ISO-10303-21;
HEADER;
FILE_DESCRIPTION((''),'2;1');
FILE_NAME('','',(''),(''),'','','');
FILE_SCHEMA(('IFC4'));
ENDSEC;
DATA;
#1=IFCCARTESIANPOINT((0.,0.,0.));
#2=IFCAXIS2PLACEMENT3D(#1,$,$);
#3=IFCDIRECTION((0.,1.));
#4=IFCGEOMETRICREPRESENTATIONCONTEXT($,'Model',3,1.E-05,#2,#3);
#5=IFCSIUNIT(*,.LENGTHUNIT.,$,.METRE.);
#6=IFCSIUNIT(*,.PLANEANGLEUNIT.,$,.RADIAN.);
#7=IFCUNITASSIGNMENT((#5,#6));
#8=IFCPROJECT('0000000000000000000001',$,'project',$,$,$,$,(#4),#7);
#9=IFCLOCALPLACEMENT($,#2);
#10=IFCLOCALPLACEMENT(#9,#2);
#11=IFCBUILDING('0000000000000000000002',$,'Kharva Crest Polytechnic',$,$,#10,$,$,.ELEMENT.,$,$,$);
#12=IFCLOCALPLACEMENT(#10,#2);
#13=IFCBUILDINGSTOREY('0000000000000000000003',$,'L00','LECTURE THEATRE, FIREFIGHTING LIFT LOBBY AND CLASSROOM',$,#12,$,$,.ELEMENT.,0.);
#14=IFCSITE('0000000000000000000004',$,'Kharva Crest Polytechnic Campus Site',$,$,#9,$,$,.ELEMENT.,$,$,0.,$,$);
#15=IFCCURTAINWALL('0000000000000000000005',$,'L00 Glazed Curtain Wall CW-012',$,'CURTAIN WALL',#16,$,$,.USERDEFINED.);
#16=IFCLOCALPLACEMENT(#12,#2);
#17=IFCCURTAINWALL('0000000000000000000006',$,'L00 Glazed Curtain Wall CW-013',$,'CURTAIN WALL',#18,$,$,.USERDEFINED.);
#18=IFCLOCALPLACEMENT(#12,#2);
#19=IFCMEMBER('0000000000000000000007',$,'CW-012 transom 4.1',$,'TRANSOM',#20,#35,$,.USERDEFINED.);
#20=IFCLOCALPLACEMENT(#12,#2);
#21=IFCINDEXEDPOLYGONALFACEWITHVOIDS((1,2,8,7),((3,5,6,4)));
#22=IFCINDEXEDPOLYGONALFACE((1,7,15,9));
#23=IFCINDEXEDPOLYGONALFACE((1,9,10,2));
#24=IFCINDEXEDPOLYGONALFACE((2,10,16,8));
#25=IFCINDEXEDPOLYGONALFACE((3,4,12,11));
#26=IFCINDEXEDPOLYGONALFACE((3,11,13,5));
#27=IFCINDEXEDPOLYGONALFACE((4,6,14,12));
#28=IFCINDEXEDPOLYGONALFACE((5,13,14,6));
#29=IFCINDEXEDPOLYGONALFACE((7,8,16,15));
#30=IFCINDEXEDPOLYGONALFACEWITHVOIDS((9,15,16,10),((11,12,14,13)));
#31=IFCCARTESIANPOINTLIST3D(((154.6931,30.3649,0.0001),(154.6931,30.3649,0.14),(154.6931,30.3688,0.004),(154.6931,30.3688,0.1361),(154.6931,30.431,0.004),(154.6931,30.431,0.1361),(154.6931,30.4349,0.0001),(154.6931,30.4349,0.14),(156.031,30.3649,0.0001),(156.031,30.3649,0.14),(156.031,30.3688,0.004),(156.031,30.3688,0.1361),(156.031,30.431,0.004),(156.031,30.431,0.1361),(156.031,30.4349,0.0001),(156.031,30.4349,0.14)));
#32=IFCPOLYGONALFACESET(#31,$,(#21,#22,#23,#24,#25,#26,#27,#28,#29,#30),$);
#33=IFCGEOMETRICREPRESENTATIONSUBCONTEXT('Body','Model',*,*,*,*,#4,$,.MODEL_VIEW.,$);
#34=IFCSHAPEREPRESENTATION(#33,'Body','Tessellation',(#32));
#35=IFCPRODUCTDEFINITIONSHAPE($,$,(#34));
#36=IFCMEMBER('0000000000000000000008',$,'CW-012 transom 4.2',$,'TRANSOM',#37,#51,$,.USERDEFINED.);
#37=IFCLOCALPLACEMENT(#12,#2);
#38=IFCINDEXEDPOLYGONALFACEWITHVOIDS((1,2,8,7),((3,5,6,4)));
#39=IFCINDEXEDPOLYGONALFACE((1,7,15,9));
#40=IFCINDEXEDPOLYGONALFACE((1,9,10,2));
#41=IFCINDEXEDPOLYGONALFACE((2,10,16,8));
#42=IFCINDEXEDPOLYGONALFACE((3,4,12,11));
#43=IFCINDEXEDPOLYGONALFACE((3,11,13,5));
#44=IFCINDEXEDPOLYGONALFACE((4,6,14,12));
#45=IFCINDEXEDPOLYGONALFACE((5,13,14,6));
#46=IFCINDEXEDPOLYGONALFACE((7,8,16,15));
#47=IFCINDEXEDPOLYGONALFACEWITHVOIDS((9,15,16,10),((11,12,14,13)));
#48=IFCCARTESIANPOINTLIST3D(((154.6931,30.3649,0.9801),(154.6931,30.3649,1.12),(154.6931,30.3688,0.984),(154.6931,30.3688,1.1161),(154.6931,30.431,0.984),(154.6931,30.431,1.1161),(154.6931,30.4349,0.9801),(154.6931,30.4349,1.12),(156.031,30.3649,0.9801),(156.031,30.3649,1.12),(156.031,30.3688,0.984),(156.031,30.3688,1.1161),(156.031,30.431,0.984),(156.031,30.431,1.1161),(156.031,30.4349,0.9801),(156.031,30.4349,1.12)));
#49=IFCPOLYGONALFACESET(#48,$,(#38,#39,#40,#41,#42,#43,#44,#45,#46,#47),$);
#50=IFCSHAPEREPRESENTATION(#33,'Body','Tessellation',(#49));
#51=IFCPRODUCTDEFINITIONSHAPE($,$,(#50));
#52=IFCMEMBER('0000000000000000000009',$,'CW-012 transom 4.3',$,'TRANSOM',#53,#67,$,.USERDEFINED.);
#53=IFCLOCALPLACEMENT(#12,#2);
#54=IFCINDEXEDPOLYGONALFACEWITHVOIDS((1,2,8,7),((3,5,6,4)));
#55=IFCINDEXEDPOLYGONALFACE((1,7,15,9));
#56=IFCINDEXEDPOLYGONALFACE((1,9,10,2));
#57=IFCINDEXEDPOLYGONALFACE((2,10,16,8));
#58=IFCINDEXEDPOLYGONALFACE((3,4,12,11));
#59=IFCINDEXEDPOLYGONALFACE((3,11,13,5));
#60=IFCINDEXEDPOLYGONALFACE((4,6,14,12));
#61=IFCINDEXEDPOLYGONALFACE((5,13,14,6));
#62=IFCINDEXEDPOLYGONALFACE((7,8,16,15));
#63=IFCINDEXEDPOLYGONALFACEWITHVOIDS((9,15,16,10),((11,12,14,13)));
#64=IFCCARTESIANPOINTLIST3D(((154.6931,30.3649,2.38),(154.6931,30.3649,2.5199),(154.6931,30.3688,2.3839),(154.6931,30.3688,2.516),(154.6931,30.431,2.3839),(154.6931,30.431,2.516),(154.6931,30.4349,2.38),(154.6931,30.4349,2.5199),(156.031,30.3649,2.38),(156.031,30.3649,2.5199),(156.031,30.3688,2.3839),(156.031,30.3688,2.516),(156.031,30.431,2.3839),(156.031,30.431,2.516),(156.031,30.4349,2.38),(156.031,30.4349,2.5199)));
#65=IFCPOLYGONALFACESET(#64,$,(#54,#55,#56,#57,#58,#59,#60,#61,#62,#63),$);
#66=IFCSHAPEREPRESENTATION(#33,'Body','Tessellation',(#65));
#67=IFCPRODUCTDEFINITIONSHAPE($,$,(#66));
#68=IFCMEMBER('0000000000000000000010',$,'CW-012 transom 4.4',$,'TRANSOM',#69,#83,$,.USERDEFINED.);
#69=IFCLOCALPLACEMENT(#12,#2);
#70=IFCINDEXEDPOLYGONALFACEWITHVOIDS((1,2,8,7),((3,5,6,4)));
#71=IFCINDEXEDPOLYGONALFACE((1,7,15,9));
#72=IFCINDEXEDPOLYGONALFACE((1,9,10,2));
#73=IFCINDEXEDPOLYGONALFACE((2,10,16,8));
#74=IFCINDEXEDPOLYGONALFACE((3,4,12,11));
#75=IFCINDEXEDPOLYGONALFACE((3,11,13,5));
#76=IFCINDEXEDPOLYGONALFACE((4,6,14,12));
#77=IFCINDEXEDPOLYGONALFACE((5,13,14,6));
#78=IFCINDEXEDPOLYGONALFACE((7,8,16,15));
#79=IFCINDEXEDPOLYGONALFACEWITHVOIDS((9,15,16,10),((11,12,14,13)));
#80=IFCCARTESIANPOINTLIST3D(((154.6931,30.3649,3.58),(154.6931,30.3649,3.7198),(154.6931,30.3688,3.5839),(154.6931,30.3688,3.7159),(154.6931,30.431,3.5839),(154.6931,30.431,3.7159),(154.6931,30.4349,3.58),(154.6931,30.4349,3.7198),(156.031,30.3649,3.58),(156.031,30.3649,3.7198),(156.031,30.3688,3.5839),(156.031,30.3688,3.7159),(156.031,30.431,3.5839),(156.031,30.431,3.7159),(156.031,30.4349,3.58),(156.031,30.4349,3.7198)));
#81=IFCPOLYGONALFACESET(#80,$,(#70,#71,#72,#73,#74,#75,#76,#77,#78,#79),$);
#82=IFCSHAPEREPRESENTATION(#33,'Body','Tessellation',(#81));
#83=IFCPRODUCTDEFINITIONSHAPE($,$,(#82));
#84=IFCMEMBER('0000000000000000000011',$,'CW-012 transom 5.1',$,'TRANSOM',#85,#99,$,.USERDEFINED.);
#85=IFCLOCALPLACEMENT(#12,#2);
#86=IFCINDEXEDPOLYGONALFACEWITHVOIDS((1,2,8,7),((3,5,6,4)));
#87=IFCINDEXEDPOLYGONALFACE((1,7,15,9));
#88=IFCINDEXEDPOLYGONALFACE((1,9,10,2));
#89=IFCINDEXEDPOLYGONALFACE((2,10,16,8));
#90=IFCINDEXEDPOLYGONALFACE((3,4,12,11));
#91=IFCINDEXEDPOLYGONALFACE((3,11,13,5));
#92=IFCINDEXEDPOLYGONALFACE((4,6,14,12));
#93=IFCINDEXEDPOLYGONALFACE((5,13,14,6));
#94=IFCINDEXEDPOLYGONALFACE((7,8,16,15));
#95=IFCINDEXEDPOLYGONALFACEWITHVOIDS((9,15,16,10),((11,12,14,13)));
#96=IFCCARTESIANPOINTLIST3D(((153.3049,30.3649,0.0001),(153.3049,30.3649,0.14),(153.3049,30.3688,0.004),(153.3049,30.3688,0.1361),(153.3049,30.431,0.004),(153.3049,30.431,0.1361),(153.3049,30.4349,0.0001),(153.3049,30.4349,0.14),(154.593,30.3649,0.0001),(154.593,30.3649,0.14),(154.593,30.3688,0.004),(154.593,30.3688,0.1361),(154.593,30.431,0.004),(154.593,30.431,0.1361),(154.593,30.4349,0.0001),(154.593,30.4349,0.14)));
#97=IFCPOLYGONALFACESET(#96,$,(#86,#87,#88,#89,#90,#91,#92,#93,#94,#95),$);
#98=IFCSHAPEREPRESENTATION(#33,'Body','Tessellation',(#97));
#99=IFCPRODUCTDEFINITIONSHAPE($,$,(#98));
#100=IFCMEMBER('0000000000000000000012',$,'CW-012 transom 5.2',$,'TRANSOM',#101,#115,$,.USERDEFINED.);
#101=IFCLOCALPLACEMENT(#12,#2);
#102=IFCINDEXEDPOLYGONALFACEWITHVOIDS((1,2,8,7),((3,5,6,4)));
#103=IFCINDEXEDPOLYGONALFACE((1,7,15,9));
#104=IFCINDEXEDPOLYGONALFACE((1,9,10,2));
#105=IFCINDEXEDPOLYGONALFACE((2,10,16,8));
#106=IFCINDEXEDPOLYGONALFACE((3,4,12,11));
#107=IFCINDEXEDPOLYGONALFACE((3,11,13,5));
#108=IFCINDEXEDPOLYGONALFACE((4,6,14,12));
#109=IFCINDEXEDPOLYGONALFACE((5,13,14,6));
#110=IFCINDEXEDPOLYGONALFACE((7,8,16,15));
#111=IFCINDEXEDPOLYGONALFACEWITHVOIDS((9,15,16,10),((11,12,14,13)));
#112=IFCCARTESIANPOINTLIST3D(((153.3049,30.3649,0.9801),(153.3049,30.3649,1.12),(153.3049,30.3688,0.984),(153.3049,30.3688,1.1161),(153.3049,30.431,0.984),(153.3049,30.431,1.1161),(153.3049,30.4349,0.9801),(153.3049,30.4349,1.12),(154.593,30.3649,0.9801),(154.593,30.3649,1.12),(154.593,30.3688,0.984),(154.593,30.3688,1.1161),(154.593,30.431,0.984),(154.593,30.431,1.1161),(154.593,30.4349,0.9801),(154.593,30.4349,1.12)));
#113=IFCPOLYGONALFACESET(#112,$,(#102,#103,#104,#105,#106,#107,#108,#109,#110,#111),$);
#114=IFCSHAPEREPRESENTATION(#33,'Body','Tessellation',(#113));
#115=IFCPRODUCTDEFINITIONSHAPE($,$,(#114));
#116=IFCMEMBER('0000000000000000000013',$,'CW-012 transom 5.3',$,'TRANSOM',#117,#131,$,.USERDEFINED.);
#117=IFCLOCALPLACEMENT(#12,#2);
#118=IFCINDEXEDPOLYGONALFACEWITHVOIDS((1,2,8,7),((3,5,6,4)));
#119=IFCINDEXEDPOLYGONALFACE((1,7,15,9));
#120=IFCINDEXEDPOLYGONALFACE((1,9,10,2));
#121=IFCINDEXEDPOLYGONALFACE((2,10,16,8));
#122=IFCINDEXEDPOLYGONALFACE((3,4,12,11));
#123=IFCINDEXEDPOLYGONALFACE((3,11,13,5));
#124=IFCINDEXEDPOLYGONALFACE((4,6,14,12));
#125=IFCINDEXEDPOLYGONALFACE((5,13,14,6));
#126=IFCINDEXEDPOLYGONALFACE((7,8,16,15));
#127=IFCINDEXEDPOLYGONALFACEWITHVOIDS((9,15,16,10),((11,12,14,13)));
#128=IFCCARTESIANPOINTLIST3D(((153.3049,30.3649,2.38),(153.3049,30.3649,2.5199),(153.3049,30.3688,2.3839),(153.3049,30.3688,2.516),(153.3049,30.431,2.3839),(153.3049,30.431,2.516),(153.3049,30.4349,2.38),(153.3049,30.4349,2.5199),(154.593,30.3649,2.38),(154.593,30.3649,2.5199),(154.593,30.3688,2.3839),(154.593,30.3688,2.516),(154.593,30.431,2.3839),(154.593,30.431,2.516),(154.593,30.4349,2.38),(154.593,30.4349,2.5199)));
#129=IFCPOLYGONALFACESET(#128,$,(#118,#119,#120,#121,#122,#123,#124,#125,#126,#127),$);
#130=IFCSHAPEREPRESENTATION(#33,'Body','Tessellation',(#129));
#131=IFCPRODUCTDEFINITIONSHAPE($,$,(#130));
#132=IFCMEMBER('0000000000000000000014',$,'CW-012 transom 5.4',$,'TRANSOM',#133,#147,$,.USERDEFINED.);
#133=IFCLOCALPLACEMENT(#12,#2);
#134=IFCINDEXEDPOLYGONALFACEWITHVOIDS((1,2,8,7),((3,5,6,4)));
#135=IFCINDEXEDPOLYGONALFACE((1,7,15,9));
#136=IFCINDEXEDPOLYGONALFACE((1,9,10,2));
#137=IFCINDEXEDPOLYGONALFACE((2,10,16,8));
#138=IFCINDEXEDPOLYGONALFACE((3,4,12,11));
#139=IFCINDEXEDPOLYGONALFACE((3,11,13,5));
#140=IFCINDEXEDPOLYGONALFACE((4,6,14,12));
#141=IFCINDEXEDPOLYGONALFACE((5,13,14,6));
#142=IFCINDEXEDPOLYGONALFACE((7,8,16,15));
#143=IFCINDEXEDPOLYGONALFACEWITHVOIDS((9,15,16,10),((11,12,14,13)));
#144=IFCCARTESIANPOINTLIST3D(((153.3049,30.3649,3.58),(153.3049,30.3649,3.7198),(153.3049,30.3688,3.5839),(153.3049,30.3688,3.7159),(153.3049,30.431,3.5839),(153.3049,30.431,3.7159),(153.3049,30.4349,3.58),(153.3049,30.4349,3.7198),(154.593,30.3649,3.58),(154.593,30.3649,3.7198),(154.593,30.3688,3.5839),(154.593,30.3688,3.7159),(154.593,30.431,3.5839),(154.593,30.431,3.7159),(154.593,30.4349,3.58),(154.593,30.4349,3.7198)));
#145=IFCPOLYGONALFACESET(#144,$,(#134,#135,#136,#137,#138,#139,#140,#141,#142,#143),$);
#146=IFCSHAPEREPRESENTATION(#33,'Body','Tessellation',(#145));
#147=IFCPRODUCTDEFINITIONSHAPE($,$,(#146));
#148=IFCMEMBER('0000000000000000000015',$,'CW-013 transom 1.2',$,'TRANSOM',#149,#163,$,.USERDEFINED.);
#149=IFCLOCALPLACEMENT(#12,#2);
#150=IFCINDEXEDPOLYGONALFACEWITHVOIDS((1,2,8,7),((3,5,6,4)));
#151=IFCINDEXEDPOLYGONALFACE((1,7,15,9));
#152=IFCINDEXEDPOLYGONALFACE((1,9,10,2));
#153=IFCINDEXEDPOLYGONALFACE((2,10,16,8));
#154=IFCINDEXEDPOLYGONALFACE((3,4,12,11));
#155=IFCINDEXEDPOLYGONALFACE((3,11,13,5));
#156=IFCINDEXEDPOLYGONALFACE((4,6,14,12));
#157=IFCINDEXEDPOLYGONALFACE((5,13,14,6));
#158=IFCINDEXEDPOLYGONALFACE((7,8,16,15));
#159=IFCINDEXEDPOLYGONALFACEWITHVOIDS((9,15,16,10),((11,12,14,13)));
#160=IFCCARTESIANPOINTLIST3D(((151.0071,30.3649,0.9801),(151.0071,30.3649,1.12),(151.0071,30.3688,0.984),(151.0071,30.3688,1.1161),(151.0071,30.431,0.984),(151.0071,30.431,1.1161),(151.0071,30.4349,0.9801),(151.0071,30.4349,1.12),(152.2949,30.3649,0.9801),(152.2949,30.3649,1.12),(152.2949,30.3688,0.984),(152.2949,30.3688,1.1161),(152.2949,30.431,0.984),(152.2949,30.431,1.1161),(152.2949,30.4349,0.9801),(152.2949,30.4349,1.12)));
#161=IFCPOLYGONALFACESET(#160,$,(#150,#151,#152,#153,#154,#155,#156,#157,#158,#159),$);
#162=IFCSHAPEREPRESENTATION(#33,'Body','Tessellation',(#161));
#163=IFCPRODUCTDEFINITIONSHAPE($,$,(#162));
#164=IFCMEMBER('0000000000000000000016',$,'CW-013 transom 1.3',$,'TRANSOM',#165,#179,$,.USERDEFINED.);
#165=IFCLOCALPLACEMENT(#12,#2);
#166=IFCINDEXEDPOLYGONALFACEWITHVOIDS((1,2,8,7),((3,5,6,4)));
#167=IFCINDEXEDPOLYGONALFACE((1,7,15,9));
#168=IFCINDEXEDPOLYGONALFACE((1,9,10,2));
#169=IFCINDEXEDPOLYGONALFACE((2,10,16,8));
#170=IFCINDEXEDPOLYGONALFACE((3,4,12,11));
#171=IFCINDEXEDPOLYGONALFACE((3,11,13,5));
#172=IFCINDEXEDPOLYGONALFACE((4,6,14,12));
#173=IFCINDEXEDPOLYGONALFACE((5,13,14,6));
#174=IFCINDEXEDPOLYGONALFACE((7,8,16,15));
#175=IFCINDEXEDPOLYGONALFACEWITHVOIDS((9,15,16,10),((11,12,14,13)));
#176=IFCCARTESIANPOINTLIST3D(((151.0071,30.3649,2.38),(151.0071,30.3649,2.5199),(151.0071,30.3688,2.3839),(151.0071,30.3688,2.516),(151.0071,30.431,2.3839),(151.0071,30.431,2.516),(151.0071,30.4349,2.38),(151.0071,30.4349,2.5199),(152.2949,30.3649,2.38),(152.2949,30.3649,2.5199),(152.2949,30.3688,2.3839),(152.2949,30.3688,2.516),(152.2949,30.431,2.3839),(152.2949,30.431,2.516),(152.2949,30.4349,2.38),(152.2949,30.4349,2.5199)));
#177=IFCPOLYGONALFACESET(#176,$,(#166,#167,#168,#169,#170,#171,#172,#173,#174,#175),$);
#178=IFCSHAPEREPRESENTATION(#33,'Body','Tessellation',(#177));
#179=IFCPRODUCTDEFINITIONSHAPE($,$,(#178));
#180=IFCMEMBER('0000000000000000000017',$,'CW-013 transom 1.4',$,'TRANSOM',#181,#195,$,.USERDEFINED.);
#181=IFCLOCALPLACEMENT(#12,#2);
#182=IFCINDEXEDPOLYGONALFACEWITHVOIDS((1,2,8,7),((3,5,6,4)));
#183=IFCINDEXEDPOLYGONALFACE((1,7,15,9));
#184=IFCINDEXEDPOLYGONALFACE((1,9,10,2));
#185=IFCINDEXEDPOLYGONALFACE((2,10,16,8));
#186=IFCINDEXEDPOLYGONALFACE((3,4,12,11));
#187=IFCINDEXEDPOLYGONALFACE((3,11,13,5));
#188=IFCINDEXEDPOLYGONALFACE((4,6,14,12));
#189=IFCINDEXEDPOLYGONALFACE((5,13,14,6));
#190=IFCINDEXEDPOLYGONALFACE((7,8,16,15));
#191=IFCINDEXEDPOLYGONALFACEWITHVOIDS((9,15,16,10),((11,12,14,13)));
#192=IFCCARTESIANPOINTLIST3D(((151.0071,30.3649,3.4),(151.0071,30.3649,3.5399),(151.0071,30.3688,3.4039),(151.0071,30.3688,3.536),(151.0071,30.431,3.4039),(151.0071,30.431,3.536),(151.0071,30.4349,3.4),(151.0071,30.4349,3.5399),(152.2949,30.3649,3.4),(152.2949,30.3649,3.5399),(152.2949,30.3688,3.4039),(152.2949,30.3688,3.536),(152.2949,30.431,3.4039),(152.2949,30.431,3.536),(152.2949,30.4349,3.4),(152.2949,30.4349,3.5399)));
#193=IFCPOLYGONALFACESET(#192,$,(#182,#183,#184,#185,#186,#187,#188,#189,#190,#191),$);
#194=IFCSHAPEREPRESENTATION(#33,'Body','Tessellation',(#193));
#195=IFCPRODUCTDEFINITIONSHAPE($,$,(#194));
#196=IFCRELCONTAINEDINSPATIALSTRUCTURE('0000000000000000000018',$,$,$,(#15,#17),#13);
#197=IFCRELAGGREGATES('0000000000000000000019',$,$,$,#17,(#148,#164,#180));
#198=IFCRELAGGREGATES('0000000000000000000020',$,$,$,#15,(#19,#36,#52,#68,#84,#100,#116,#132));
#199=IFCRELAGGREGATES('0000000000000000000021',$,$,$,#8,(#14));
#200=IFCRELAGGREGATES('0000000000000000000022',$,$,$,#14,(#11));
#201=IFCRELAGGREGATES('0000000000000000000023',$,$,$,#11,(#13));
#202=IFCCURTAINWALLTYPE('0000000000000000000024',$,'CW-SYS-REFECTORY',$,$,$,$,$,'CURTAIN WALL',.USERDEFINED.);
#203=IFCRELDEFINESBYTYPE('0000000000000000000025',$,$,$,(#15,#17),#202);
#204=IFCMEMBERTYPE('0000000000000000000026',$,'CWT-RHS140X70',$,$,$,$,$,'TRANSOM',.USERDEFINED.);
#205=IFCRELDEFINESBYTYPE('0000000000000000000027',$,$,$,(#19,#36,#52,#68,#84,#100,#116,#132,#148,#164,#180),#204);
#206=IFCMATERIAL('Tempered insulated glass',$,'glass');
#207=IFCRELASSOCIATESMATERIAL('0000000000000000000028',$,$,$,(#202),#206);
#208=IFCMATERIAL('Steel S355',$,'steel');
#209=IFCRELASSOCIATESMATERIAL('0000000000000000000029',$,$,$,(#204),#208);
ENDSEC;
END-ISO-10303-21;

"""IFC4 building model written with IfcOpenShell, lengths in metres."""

from ifc_helpers import new_model, si_unit, direction, frame, origin, origin_2d, place, context, subcontext, project, spatial, hollow_rectangle, extrude, material, material_profile, profile_set, type_object, element, aggregate, save


model = new_model("IFC4")

# Units and contexts
model_context = context("Model", 3, precision=1e-05, world=origin(), true_north=direction((0.0, 1.0)))
body_context = subcontext(model_context, "Body", "Model", "MODEL_VIEW")
ifc_project = project(units=[si_unit("LENGTHUNIT", "METRE"), si_unit("PLANEANGLEUNIT", "RADIAN")], contexts=[model_context])

# Site, building, storey
site_placement = place(None, origin())
site = spatial("IfcSite", under=ifc_project, at=site_placement, Name="Kharva Crest Polytechnic Campus Site", CompositionType="ELEMENT", RefElevation=0.0)
building_placement = place(site_placement, origin())
building = spatial("IfcBuilding", under=site, at=building_placement, Name="Kharva Crest Polytechnic", CompositionType="ELEMENT")
storey_placement = place(building_placement, origin())
storey = spatial("IfcBuildingStorey", under=building, at=storey_placement, Name="L00", Description="LECTURE THEATRE, FIREFIGHTING LIFT LOBBY AND CLASSROOM", CompositionType="ELEMENT", Elevation=0.0)

# Curtain wall
ifc_material_1 = material(Name="Tempered insulated glass", Category="glass")
curtain_wall_type = type_object("IfcCurtainWallType", Name="CW-SYS-REFECTORY", ElementType="CURTAIN WALL", PredefinedType="USERDEFINED", material=ifc_material_1)
ifc_material_2 = material(Name="Steel S355", Category="steel")
curtain_wall_1_placement = place(storey_placement, origin())
curtain_wall_1 = element("IfcCurtainWall", 1, at=curtain_wall_1_placement, inside=storey, type_object=curtain_wall_type, Name="L00 Glazed Curtain Wall CW-012", ObjectType="CURTAIN WALL", PredefinedType="USERDEFINED")

# Curtain wall
curtain_wall_2_placement = place(storey_placement, origin())
curtain_wall_2 = element("IfcCurtainWall", 2, at=curtain_wall_2_placement, inside=storey, type_object=curtain_wall_type, Name="L00 Glazed Curtain Wall CW-013", ObjectType="CURTAIN WALL", PredefinedType="USERDEFINED")

# Members
ifc_material_profile_1 = material_profile(ifc_material_2, hollow_rectangle(XDim=0.0701, YDim=0.1399, WallThickness=0.0039, at=origin_2d()), Name="RHS 140X70X4.0")
ifc_profile_set_1 = profile_set([ifc_material_profile_1], Name="Steel S355")
member_type_1 = type_object("IfcMemberType", Name="CWT-RHS140X70", ElementType="TRANSOM", PredefinedType="USERDEFINED", material=ifc_profile_set_1)
member_1_placement = place(storey_placement, frame((156.031, 30.3999, 0.0701), z_axis=(-1.0, 0.0, 0.0), x_axis=(0.0, -1.0, 0.0)))
member_1 = element("IfcMember", 3, at=member_1_placement, type_object=member_type_1, Name="CW-012 transom 4.1", ObjectType="TRANSOM", PredefinedType="USERDEFINED", context=body_context, shape_type="SweptSolid", body=[
    extrude(hollow_rectangle(XDim=0.0701, YDim=0.1399, WallThickness=0.0039, at=origin_2d()), origin(), (0.0, 0.0, 1.0), 1.3379),
])
member_2_placement = place(storey_placement, frame((156.031, 30.3999, 1.05), z_axis=(-1.0, 0.0, 0.0), x_axis=(0.0, -1.0, 0.0)))
member_2 = element("IfcMember", 4, at=member_2_placement, type_object=member_type_1, Name="CW-012 transom 4.2", ObjectType="TRANSOM", PredefinedType="USERDEFINED", context=body_context, shape_type="SweptSolid", body=[
    extrude(hollow_rectangle(XDim=0.0701, YDim=0.1399, WallThickness=0.0039, at=origin_2d()), origin(), (0.0, 0.0, 1.0), 1.3379),
])
member_3_placement = place(storey_placement, frame((156.031, 30.3999, 2.45), z_axis=(-1.0, 0.0, 0.0), x_axis=(0.0, -1.0, 0.0)))
member_3 = element("IfcMember", 5, at=member_3_placement, type_object=member_type_1, Name="CW-012 transom 4.3", ObjectType="TRANSOM", PredefinedType="USERDEFINED", context=body_context, shape_type="SweptSolid", body=[
    extrude(hollow_rectangle(XDim=0.0701, YDim=0.1399, WallThickness=0.0039, at=origin_2d()), origin(), (0.0, 0.0, 1.0), 1.3379),
])
member_4_placement = place(storey_placement, frame((156.031, 30.3999, 3.6499), z_axis=(-1.0, 0.0, 0.0), x_axis=(0.0, -1.0, 0.0)))
member_4 = element("IfcMember", 6, at=member_4_placement, type_object=member_type_1, Name="CW-012 transom 4.4", ObjectType="TRANSOM", PredefinedType="USERDEFINED", context=body_context, shape_type="SweptSolid", body=[
    extrude(hollow_rectangle(XDim=0.0701, YDim=0.1399, WallThickness=0.0039, at=origin_2d()), origin(), (0.0, 0.0, 1.0), 1.3379),
])
member_5_placement = place(storey_placement, frame((154.593, 30.3999, 0.0701), z_axis=(-1.0, 0.0, 0.0), x_axis=(0.0, -1.0, 0.0)))
member_5 = element("IfcMember", 7, at=member_5_placement, type_object=member_type_1, Name="CW-012 transom 5.1", ObjectType="TRANSOM", PredefinedType="USERDEFINED", context=body_context, shape_type="SweptSolid", body=[
    extrude(hollow_rectangle(XDim=0.0701, YDim=0.1399, WallThickness=0.0039, at=origin_2d()), origin(), (0.0, 0.0, 1.0), 1.2881),
])
member_6_placement = place(storey_placement, frame((154.593, 30.3999, 1.05), z_axis=(-1.0, 0.0, 0.0), x_axis=(0.0, -1.0, 0.0)))
member_6 = element("IfcMember", 8, at=member_6_placement, type_object=member_type_1, Name="CW-012 transom 5.2", ObjectType="TRANSOM", PredefinedType="USERDEFINED", context=body_context, shape_type="SweptSolid", body=[
    extrude(hollow_rectangle(XDim=0.0701, YDim=0.1399, WallThickness=0.0039, at=origin_2d()), origin(), (0.0, 0.0, 1.0), 1.2881),
])
member_7_placement = place(storey_placement, frame((154.593, 30.3999, 2.45), z_axis=(-1.0, 0.0, 0.0), x_axis=(0.0, -1.0, 0.0)))
member_7 = element("IfcMember", 9, at=member_7_placement, type_object=member_type_1, Name="CW-012 transom 5.3", ObjectType="TRANSOM", PredefinedType="USERDEFINED", context=body_context, shape_type="SweptSolid", body=[
    extrude(hollow_rectangle(XDim=0.0701, YDim=0.1399, WallThickness=0.0039, at=origin_2d()), origin(), (0.0, 0.0, 1.0), 1.2881),
])
member_8_placement = place(storey_placement, frame((154.593, 30.3999, 3.6499), z_axis=(-1.0, 0.0, 0.0), x_axis=(0.0, -1.0, 0.0)))
member_8 = element("IfcMember", 10, at=member_8_placement, type_object=member_type_1, Name="CW-012 transom 5.4", ObjectType="TRANSOM", PredefinedType="USERDEFINED", context=body_context, shape_type="SweptSolid", body=[
    extrude(hollow_rectangle(XDim=0.0701, YDim=0.1399, WallThickness=0.0039, at=origin_2d()), origin(), (0.0, 0.0, 1.0), 1.2881),
])
member_9_placement = place(storey_placement, frame((152.2949, 30.3999, 1.05), z_axis=(-1.0, 0.0, 0.0), x_axis=(0.0, -1.0, 0.0)))
member_9 = element("IfcMember", 11, at=member_9_placement, type_object=member_type_1, Name="CW-013 transom 1.2", ObjectType="TRANSOM", PredefinedType="USERDEFINED", context=body_context, shape_type="SweptSolid", body=[
    extrude(hollow_rectangle(XDim=0.0701, YDim=0.1399, WallThickness=0.0039, at=origin_2d()), origin(), (0.0, 0.0, 1.0), 1.2878),
])
member_10_placement = place(storey_placement, frame((152.2949, 30.3999, 2.45), z_axis=(-1.0, 0.0, 0.0), x_axis=(0.0, -1.0, 0.0)))
member_10 = element("IfcMember", 12, at=member_10_placement, type_object=member_type_1, Name="CW-013 transom 1.3", ObjectType="TRANSOM", PredefinedType="USERDEFINED", context=body_context, shape_type="SweptSolid", body=[
    extrude(hollow_rectangle(XDim=0.0701, YDim=0.1399, WallThickness=0.0039, at=origin_2d()), origin(), (0.0, 0.0, 1.0), 1.2878),
])
member_11_placement = place(storey_placement, frame((152.2949, 30.3999, 3.47), z_axis=(-1.0, 0.0, 0.0), x_axis=(0.0, -1.0, 0.0)))
member_11 = element("IfcMember", 13, at=member_11_placement, type_object=member_type_1, Name="CW-013 transom 1.4", ObjectType="TRANSOM", PredefinedType="USERDEFINED", context=body_context, shape_type="SweptSolid", body=[
    extrude(hollow_rectangle(XDim=0.0701, YDim=0.1399, WallThickness=0.0039, at=origin_2d()), origin(), (0.0, 0.0, 1.0), 1.2878),
])
aggregate(curtain_wall_2, [member_9, member_10, member_11])

aggregate(curtain_wall_1, [member_1, member_2, member_3, member_4, member_5, member_6, member_7, member_8])

save(model, "model.ifc")
